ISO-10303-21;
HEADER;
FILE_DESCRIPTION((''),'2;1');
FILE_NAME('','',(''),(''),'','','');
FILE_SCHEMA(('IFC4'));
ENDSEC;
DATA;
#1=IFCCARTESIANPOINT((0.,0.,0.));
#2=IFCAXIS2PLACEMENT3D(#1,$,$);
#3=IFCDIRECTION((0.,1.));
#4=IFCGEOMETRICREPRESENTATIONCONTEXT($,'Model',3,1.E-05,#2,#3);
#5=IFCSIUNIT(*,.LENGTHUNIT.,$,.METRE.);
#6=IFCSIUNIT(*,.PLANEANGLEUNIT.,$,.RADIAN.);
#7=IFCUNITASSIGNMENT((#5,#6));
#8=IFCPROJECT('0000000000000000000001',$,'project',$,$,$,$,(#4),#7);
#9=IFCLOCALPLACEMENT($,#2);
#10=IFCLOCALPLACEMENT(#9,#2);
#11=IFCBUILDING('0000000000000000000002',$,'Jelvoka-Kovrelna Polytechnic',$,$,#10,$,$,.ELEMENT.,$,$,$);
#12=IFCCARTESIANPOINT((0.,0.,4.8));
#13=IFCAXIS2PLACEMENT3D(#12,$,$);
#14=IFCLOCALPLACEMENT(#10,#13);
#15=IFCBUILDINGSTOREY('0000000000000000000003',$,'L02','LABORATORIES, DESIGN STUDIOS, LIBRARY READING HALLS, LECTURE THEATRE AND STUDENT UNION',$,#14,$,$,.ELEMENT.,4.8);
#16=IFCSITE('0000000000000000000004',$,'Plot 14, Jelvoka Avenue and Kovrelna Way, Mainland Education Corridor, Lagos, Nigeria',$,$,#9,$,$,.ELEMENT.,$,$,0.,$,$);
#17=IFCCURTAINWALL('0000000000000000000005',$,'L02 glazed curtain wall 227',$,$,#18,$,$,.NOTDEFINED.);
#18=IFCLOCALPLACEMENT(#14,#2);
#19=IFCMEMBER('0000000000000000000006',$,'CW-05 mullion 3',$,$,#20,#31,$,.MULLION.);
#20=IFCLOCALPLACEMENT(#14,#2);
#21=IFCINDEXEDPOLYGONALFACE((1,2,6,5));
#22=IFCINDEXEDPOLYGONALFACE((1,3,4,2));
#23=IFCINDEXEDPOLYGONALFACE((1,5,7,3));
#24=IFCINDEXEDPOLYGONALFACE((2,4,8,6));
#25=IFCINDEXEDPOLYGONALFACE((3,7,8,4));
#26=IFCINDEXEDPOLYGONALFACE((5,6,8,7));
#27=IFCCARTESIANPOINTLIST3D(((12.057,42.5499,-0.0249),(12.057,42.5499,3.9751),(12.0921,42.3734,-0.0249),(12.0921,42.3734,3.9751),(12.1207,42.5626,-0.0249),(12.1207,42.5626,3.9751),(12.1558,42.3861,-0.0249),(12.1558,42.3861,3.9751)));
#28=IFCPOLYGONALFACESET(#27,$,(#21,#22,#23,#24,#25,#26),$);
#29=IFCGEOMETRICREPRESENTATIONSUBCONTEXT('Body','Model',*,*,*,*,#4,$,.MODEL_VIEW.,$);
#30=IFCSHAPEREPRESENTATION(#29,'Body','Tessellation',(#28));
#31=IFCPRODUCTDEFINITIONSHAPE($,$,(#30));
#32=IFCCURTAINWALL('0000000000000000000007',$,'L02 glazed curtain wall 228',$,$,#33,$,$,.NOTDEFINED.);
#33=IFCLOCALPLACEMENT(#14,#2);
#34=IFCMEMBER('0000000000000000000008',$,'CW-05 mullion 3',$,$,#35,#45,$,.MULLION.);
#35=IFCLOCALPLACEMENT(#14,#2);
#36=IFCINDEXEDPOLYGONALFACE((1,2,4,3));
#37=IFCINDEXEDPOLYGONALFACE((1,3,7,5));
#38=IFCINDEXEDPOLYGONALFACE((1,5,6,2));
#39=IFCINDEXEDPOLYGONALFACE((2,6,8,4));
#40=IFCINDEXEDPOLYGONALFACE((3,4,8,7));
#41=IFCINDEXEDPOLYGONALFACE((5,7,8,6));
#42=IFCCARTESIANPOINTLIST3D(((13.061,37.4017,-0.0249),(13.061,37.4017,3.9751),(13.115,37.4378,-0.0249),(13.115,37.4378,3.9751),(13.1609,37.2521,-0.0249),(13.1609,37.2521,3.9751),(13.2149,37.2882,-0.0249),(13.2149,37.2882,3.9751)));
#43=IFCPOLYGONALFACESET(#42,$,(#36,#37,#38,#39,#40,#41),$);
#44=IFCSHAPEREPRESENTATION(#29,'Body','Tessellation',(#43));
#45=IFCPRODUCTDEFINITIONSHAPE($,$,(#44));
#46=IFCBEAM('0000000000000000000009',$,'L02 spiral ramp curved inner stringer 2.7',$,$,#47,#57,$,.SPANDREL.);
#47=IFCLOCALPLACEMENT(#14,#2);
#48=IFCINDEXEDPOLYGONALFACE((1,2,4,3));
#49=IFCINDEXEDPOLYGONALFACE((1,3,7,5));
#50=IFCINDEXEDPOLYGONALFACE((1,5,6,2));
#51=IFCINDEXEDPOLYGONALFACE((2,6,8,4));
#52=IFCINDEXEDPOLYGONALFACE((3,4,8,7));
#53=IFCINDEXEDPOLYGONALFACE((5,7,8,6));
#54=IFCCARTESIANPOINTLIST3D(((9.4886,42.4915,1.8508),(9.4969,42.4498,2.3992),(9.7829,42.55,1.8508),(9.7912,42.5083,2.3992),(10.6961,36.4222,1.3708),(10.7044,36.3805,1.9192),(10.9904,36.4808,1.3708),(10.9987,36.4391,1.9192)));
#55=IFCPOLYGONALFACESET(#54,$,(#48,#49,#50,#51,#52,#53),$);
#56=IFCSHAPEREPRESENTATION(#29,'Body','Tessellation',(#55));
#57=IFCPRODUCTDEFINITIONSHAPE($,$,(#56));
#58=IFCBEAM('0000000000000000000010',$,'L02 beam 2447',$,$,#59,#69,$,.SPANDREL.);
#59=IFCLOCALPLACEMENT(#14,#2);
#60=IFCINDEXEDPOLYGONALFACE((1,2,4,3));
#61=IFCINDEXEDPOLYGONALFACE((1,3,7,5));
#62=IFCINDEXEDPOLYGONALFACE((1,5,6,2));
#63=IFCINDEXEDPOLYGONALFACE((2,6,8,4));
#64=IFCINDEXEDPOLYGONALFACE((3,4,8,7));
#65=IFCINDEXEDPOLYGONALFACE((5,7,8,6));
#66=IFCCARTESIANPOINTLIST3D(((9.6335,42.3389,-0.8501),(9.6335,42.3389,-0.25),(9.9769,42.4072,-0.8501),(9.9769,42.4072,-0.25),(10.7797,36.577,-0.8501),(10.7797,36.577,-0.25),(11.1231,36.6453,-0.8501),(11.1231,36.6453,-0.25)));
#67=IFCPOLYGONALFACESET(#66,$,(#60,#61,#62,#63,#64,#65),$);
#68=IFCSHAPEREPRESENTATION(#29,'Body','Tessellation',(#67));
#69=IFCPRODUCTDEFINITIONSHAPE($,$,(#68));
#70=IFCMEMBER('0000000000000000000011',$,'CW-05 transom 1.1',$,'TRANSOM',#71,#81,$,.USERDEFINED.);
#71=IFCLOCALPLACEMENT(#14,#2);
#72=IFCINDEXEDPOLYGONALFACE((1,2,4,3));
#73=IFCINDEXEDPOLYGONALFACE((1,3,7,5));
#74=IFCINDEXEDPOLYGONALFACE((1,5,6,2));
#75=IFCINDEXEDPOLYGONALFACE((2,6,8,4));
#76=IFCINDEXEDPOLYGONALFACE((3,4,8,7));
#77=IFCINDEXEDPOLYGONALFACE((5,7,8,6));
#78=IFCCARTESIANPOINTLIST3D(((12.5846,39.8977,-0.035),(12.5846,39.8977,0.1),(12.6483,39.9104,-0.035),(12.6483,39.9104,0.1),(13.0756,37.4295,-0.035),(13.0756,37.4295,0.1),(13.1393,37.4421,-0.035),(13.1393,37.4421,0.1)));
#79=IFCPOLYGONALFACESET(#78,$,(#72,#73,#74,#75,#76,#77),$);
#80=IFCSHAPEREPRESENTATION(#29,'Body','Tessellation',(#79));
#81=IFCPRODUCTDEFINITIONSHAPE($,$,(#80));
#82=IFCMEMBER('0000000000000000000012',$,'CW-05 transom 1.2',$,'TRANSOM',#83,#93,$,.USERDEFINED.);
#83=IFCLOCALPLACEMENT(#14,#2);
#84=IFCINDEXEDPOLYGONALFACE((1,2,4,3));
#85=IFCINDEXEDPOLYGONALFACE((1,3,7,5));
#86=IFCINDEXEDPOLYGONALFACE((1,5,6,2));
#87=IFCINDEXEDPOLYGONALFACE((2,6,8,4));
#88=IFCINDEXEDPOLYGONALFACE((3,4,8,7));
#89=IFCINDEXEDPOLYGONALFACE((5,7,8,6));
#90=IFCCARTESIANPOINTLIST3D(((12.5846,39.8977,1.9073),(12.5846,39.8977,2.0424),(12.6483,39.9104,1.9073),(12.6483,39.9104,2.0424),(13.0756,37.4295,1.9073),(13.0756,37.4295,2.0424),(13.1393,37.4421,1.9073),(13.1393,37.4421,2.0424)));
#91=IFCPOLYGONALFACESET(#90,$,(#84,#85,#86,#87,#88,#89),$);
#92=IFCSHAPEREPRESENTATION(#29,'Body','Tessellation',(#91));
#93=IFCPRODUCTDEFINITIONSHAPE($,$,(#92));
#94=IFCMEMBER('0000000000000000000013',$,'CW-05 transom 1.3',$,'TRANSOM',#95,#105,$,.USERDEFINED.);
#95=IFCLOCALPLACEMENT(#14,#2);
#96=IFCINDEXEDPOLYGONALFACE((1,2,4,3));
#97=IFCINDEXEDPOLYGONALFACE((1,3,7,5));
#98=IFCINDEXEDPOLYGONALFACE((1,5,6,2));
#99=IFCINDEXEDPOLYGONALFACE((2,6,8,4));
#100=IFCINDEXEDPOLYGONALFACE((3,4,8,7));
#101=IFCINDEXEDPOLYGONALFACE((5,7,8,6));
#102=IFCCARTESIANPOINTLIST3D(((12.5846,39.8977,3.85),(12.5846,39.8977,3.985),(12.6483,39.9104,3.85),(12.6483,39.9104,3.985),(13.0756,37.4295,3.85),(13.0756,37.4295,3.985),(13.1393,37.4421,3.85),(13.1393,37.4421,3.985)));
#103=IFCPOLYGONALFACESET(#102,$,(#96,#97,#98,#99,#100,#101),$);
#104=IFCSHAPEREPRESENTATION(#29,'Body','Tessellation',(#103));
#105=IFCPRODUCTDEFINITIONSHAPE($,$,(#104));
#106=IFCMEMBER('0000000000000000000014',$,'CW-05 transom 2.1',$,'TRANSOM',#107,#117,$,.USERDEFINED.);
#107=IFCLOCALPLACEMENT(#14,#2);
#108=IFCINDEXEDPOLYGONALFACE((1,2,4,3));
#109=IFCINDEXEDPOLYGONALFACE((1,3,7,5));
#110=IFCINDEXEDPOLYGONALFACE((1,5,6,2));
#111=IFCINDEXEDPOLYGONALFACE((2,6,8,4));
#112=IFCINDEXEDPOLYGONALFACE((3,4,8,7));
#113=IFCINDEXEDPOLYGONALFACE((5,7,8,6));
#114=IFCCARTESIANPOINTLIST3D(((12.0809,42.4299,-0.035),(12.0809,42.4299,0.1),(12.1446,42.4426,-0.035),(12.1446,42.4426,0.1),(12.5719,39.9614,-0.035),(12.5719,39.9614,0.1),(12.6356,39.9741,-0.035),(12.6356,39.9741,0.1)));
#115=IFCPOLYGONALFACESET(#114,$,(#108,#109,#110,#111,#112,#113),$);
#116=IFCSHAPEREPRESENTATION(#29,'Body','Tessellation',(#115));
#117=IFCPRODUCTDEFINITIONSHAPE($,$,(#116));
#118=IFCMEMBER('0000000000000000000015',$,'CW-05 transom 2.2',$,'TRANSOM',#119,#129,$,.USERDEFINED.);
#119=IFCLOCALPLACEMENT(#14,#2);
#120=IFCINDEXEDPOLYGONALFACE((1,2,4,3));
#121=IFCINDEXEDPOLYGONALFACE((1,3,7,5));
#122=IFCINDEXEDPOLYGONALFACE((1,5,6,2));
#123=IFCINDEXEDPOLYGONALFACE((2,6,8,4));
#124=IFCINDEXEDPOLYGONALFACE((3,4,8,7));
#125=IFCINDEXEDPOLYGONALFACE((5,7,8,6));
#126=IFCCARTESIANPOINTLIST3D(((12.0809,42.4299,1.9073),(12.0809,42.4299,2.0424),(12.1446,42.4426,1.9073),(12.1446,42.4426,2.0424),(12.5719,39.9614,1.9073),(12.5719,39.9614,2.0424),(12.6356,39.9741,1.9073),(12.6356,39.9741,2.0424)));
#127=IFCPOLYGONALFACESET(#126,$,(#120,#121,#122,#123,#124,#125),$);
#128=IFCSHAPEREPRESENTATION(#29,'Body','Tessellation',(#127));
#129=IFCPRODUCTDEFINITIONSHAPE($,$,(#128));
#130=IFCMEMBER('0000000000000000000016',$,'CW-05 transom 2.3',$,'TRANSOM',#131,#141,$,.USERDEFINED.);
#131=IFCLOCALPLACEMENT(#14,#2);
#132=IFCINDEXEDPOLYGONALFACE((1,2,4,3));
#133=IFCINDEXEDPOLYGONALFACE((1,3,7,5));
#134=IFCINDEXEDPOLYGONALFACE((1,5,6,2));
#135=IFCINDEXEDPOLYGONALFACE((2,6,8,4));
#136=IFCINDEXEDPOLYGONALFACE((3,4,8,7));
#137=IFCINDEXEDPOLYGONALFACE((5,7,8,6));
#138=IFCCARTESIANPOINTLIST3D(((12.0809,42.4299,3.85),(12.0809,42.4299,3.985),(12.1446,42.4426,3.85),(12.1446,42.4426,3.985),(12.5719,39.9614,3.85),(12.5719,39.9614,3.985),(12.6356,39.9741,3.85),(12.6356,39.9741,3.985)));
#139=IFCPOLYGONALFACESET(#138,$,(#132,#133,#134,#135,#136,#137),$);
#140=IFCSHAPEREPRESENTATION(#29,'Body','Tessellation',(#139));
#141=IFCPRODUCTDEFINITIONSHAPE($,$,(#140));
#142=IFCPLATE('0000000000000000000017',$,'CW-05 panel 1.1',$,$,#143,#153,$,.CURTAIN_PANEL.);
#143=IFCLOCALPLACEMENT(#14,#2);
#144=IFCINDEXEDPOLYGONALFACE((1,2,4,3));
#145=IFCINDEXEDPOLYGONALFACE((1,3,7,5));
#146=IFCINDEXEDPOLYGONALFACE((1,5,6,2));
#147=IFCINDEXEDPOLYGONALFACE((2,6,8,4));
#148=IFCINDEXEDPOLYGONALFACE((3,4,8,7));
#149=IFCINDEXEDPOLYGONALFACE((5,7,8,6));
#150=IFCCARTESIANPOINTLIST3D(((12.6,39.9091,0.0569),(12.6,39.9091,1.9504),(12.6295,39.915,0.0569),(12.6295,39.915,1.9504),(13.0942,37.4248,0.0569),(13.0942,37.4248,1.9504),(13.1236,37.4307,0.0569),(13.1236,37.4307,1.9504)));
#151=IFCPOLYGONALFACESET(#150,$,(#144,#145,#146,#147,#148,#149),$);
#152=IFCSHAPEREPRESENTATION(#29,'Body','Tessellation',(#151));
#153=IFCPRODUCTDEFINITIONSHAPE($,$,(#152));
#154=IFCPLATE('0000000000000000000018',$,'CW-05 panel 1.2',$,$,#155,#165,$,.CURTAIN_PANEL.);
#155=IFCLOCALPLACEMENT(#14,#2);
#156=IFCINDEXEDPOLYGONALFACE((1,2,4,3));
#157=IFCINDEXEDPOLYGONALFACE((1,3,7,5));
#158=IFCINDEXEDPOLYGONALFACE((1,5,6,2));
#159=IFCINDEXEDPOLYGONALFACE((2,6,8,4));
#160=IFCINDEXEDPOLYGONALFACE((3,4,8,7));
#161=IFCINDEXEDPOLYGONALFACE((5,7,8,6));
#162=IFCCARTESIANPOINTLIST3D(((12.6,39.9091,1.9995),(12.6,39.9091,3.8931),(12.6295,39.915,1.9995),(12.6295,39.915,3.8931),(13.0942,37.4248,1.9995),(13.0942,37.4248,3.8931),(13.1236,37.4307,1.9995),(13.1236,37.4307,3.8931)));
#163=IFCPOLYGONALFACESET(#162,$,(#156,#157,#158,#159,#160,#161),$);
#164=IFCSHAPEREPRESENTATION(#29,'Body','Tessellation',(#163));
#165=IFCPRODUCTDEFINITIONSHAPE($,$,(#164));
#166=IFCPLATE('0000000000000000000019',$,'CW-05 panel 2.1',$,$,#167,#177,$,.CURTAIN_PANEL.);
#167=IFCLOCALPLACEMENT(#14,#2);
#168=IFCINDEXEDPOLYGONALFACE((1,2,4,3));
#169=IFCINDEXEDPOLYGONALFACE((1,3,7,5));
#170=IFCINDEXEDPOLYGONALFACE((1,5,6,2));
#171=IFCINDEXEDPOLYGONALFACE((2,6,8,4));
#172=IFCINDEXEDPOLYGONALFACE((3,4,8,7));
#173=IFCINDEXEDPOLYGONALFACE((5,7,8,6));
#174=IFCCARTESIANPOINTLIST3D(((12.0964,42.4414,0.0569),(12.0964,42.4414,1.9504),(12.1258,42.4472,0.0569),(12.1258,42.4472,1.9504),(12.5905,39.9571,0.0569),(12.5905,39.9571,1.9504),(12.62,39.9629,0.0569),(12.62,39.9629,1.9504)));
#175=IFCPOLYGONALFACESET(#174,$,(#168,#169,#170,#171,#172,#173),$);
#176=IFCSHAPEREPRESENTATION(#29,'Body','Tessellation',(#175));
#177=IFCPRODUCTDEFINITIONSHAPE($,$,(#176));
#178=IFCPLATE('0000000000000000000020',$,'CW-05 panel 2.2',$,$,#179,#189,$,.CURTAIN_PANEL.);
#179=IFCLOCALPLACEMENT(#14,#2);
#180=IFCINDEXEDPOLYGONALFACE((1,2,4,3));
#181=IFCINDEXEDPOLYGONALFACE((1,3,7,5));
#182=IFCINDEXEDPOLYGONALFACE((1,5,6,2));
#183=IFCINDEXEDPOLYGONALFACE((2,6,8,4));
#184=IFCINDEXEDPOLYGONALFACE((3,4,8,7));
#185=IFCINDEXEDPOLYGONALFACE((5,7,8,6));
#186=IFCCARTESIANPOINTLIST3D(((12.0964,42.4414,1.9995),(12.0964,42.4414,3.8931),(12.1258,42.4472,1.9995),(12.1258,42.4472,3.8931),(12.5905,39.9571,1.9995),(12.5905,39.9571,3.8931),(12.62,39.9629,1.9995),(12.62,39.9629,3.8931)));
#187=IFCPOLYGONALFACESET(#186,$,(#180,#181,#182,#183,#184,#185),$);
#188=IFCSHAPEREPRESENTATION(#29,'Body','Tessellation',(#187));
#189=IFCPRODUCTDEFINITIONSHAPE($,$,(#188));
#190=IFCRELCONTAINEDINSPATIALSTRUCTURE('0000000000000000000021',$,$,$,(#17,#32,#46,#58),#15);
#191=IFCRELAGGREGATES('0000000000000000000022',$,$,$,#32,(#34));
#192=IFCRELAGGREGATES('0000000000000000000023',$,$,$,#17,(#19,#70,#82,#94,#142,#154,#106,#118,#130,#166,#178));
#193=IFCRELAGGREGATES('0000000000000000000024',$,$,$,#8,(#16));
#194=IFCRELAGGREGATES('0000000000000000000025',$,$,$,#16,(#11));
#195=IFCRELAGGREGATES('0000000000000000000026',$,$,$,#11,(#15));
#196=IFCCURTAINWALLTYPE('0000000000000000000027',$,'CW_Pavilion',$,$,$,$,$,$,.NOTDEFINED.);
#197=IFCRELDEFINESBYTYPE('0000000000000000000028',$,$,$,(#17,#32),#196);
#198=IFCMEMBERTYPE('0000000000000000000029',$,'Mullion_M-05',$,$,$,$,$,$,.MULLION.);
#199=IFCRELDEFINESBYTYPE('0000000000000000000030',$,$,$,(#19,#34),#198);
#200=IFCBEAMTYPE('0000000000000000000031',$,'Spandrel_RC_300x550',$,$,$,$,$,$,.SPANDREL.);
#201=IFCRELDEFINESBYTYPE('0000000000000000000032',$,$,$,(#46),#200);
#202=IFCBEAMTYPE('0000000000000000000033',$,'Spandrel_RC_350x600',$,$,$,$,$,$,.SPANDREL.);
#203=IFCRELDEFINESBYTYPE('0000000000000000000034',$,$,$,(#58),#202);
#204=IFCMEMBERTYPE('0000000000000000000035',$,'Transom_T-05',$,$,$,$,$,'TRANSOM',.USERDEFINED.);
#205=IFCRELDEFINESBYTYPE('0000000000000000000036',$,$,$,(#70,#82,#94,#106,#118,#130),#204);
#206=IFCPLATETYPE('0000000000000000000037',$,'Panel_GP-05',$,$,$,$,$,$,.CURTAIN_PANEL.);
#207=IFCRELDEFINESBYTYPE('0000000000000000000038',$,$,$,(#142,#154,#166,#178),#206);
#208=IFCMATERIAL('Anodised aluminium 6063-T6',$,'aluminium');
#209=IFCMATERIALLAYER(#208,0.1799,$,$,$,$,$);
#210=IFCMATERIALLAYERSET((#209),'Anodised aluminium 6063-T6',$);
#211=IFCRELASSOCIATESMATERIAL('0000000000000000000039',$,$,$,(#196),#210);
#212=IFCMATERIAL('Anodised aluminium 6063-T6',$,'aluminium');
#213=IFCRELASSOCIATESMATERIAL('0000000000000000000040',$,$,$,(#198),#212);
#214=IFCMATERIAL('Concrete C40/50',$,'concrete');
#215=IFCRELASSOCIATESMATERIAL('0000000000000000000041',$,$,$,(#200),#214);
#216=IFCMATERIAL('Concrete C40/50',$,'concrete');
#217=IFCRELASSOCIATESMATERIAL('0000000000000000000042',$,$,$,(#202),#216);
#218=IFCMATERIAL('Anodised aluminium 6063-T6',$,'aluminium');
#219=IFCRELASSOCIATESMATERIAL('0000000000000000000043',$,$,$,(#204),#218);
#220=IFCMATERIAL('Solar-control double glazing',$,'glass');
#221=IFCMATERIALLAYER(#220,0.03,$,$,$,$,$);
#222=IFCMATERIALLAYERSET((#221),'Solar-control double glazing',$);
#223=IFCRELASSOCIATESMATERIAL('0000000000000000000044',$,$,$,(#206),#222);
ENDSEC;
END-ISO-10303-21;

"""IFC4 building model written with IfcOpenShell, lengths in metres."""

from ifc_helpers import new_model, si_unit, direction, frame, origin, origin_2d, place, context, subcontext, project, spatial, rectangle, extrude, material, layer, layer_set, material_profile, profile_set, type_object, element, aggregate, save


model = new_model("IFC4")

# Units and contexts
model_context = context("Model", 3, precision=1e-05, world=origin(), true_north=direction((0.0, 1.0)))
body_context = subcontext(model_context, "Body", "Model", "MODEL_VIEW")
ifc_project = project(units=[si_unit("LENGTHUNIT", "METRE"), si_unit("PLANEANGLEUNIT", "RADIAN")], contexts=[model_context])

# Site, building, storey
site_placement = place(None, origin())
site = spatial("IfcSite", under=ifc_project, at=site_placement, Name="Plot 14, Jelvoka Avenue and Kovrelna Way, Mainland Education Corridor, Lagos, Nigeria", CompositionType="ELEMENT", RefElevation=0.0)
building_placement = place(site_placement, origin())
building = spatial("IfcBuilding", under=site, at=building_placement, Name="Jelvoka-Kovrelna Polytechnic", CompositionType="ELEMENT")
storey_placement = place(building_placement, frame((0.0, 0.0, 4.8)))
storey = spatial("IfcBuildingStorey", under=building, at=storey_placement, Name="L02", Description="LABORATORIES, DESIGN STUDIOS, LIBRARY READING HALLS, LECTURE THEATRE AND STUDENT UNION", CompositionType="ELEMENT", Elevation=4.8)

# Curtain wall, member
ifc_material_1 = material(Name="Anodised aluminium 6063-T6", Category="aluminium")
ifc_layer_1 = layer(ifc_material_1, 0.1799)
ifc_layer_set_1 = layer_set([ifc_layer_1], Name="Anodised aluminium 6063-T6")
curtain_wall_type = type_object("IfcCurtainWallType", Name="CW_Pavilion", PredefinedType="NOTDEFINED", material=ifc_layer_set_1)
curtain_wall_1_placement = place(storey_placement, origin())
curtain_wall_1 = element("IfcCurtainWall", 1, at=curtain_wall_1_placement, inside=storey, type_object=curtain_wall_type, Name="L02 glazed curtain wall 227", PredefinedType="NOTDEFINED")
ifc_material_2 = material(Name="Anodised aluminium 6063-T6", Category="aluminium")
ifc_material_profile_1 = material_profile(ifc_material_2, rectangle(XDim=0.0649, YDim=0.1799, at=origin_2d()), Name="ALU 65x180")
ifc_profile_set_1 = profile_set([ifc_material_profile_1], Name="Anodised aluminium 6063-T6")
member_type_1 = type_object("IfcMemberType", Name="Mullion_M-05", PredefinedType="MULLION", material=ifc_profile_set_1)
member_1_placement = place(storey_placement, frame((12.1064, 42.468, -0.0249), z_axis=(0.0, 0.0, 1.0), x_axis=(-0.980786, -0.195086, 0.0)))
member_1 = element("IfcMember", 2, at=member_1_placement, type_object=member_type_1, Name="CW-05 mullion 3", PredefinedType="MULLION", context=body_context, shape_type="SweptSolid", body=[
    extrude(rectangle(XDim=0.0649, YDim=0.1799, at=origin_2d()), origin(), (0.0, 0.0, 1.0), 4.0),
])

# Curtain wall, member
curtain_wall_2_placement = place(storey_placement, origin())
curtain_wall_2 = element("IfcCurtainWall", 3, at=curtain_wall_2_placement, inside=storey, type_object=curtain_wall_type, Name="L02 glazed curtain wall 228", PredefinedType="NOTDEFINED")
member_2_placement = place(storey_placement, frame((13.1379, 37.345, -0.0249), z_axis=(0.0, 0.0, 1.0), x_axis=(-0.831461, -0.555583, 0.0)))
member_2 = element("IfcMember", 4, at=member_2_placement, type_object=member_type_1, Name="CW-05 mullion 3", PredefinedType="MULLION", context=body_context, shape_type="SweptSolid", body=[
    extrude(rectangle(XDim=0.0649, YDim=0.1799, at=origin_2d()), origin(), (0.0, 0.0, 1.0), 4.0),
])
aggregate(curtain_wall_2, [member_2])

# Beams
ifc_material_3 = material(Name="Concrete C40/50", Category="concrete")
ifc_material_profile_2 = material_profile(ifc_material_3, rectangle(XDim=0.3, YDim=0.55, at=origin_2d()), Name="RC 300x550")
ifc_profile_set_2 = profile_set([ifc_material_profile_2], Name="Concrete C40/50")
beam_type_1 = type_object("IfcBeamType", Name="Spandrel_RC_300x550", PredefinedType="SPANDREL", material=ifc_profile_set_2)
beam_1_placement = place(storey_placement, frame((10.8474, 36.4307, 1.645), z_axis=(-0.194545, 0.977841, 0.07733), x_axis=(-0.980777, -0.19513, 0.0)))
element("IfcBeam", 5, at=beam_1_placement, inside=storey, type_object=beam_type_1, Name="L02 spiral ramp curved inner stringer 2.7", PredefinedType="SPANDREL", context=body_context, shape_type="SweptSolid", body=[
    extrude(rectangle(XDim=0.3, YDim=0.55, at=origin_2d()), origin(), (0.0, 0.0, 1.0), 6.2068),
])
ifc_material_4 = material(Name="Concrete C40/50", Category="concrete")
ifc_material_profile_3 = material_profile(ifc_material_4, rectangle(XDim=0.3501, YDim=0.6001, at=origin_2d()), Name="RC 350x600")
ifc_profile_set_3 = profile_set([ifc_material_profile_3], Name="Concrete C40/50")
beam_type_2 = type_object("IfcBeamType", Name="Spandrel_RC_350x600", PredefinedType="SPANDREL", material=ifc_profile_set_3)
beam_2_placement = place(storey_placement, frame((9.8052, 42.373, -0.55), z_axis=(0.195109, -0.980782, 0.0), x_axis=(0.980782, 0.195109, 0.0)))
element("IfcBeam", 6, at=beam_2_placement, inside=storey, type_object=beam_type_2, Name="L02 beam 2447", PredefinedType="SPANDREL", context=body_context, shape_type="SweptSolid", body=[
    extrude(rectangle(XDim=0.3501, YDim=0.6001, at=origin_2d()), origin(), (0.0, 0.0, 1.0), 5.8748),
])

# Members
ifc_material_5 = material(Name="Anodised aluminium 6063-T6", Category="aluminium")
ifc_material_profile_4 = material_profile(ifc_material_5, rectangle(XDim=0.0649, YDim=0.135, at=origin_2d()), Name="ALU 65x135")
ifc_profile_set_4 = profile_set([ifc_material_profile_4], Name="Anodised aluminium 6063-T6")
member_type_2 = type_object("IfcMemberType", Name="Transom_T-05", ElementType="TRANSOM", PredefinedType="USERDEFINED", material=ifc_profile_set_4)
member_3_placement = place(storey_placement, frame((13.1074, 37.4358, 0.0325), z_axis=(-0.19509, 0.980785, 0.0), x_axis=(-0.980785, -0.19509, 0.0)))
member_3 = element("IfcMember", 7, at=member_3_placement, type_object=member_type_2, Name="CW-05 transom 1.1", ObjectType="TRANSOM", PredefinedType="USERDEFINED", context=body_context, shape_type="SweptSolid", body=[
    extrude(rectangle(XDim=0.0649, YDim=0.135, at=origin_2d()), origin(), (0.0, 0.0, 1.0), 2.5166),
])
member_4_placement = place(storey_placement, frame((13.1074, 37.4358, 1.9749), z_axis=(-0.19509, 0.980785, 0.0), x_axis=(-0.980785, -0.19509, 0.0)))
member_4 = element("IfcMember", 8, at=member_4_placement, type_object=member_type_2, Name="CW-05 transom 1.2", ObjectType="TRANSOM", PredefinedType="USERDEFINED", context=body_context, shape_type="SweptSolid", body=[
    extrude(rectangle(XDim=0.0649, YDim=0.135, at=origin_2d()), origin(), (0.0, 0.0, 1.0), 2.5166),
])
member_5_placement = place(storey_placement, frame((13.1074, 37.4358, 3.9175), z_axis=(-0.19509, 0.980785, 0.0), x_axis=(-0.980785, -0.19509, 0.0)))
member_5 = element("IfcMember", 9, at=member_5_placement, type_object=member_type_2, Name="CW-05 transom 1.3", ObjectType="TRANSOM", PredefinedType="USERDEFINED", context=body_context, shape_type="SweptSolid", body=[
    extrude(rectangle(XDim=0.0649, YDim=0.135, at=origin_2d()), origin(), (0.0, 0.0, 1.0), 2.5166),
])
member_6_placement = place(storey_placement, frame((12.6038, 39.9678, 0.0325), z_axis=(-0.195071, 0.980789, 0.0), x_axis=(-0.980789, -0.195071, 0.0)))
member_6 = element("IfcMember", 10, at=member_6_placement, type_object=member_type_2, Name="CW-05 transom 2.1", ObjectType="TRANSOM", PredefinedType="USERDEFINED", context=body_context, shape_type="SweptSolid", body=[
    extrude(rectangle(XDim=0.0649, YDim=0.135, at=origin_2d()), origin(), (0.0, 0.0, 1.0), 2.5168),
])
member_7_placement = place(storey_placement, frame((12.6038, 39.9678, 1.9749), z_axis=(-0.195071, 0.980789, 0.0), x_axis=(-0.980789, -0.195071, 0.0)))
member_7 = element("IfcMember", 11, at=member_7_placement, type_object=member_type_2, Name="CW-05 transom 2.2", ObjectType="TRANSOM", PredefinedType="USERDEFINED", context=body_context, shape_type="SweptSolid", body=[
    extrude(rectangle(XDim=0.0649, YDim=0.135, at=origin_2d()), origin(), (0.0, 0.0, 1.0), 2.5168),
])
member_8_placement = place(storey_placement, frame((12.6038, 39.9678, 3.9175), z_axis=(-0.195071, 0.980789, 0.0), x_axis=(-0.980789, -0.195071, 0.0)))
member_8 = element("IfcMember", 12, at=member_8_placement, type_object=member_type_2, Name="CW-05 transom 2.3", ObjectType="TRANSOM", PredefinedType="USERDEFINED", context=body_context, shape_type="SweptSolid", body=[
    extrude(rectangle(XDim=0.0649, YDim=0.135, at=origin_2d()), origin(), (0.0, 0.0, 1.0), 2.5168),
])

# Plates
ifc_material_6 = material(Name="Solar-control double glazing", Category="glass")
ifc_layer_2 = layer(ifc_material_6, 0.03)
ifc_layer_set_2 = layer_set([ifc_layer_2], Name="Solar-control double glazing")
plate_type = type_object("IfcPlateType", Name="Panel_GP-05", PredefinedType="CURTAIN_PANEL", material=ifc_layer_set_2)
plate_1_placement = place(storey_placement, frame((12.8618, 38.6699, 0.0569), z_axis=(0.0, 0.0, 1.0), x_axis=(-0.195086, 0.980786, 0.0)))
plate_1 = element("IfcPlate", 13, at=plate_1_placement, type_object=plate_type, Name="CW-05 panel 1.1", PredefinedType="CURTAIN_PANEL", context=body_context, shape_type="SweptSolid", body=[
    extrude(rectangle(XDim=2.533, YDim=0.03, at=origin_2d()), origin(), (0.0, 0.0, 1.0), 1.8936),
])
plate_2_placement = place(storey_placement, frame((12.8618, 38.6699, 1.9995), z_axis=(0.0, 0.0, 1.0), x_axis=(-0.195086, 0.980786, 0.0)))
plate_2 = element("IfcPlate", 14, at=plate_2_placement, type_object=plate_type, Name="CW-05 panel 1.2", PredefinedType="CURTAIN_PANEL", context=body_context, shape_type="SweptSolid", body=[
    extrude(rectangle(XDim=2.533, YDim=0.03, at=origin_2d()), origin(), (0.0, 0.0, 1.0), 1.8936),
])
plate_3_placement = place(storey_placement, frame((12.3582, 41.2021, 0.0569), z_axis=(0.0, 0.0, 1.0), x_axis=(-0.195086, 0.980786, 0.0)))
plate_3 = element("IfcPlate", 15, at=plate_3_placement, type_object=plate_type, Name="CW-05 panel 2.1", PredefinedType="CURTAIN_PANEL", context=body_context, shape_type="SweptSolid", body=[
    extrude(rectangle(XDim=2.533, YDim=0.03, at=origin_2d()), origin(), (0.0, 0.0, 1.0), 1.8936),
])
plate_4_placement = place(storey_placement, frame((12.3582, 41.2021, 1.9995), z_axis=(0.0, 0.0, 1.0), x_axis=(-0.195086, 0.980786, 0.0)))
plate_4 = element("IfcPlate", 16, at=plate_4_placement, type_object=plate_type, Name="CW-05 panel 2.2", PredefinedType="CURTAIN_PANEL", context=body_context, shape_type="SweptSolid", body=[
    extrude(rectangle(XDim=2.533, YDim=0.03, at=origin_2d()), origin(), (0.0, 0.0, 1.0), 1.8936),
])
aggregate(curtain_wall_1, [member_1, member_3, member_4, member_5, plate_1, plate_2, member_6, member_7, member_8, plate_3, plate_4])

save(model, "model.ifc")
